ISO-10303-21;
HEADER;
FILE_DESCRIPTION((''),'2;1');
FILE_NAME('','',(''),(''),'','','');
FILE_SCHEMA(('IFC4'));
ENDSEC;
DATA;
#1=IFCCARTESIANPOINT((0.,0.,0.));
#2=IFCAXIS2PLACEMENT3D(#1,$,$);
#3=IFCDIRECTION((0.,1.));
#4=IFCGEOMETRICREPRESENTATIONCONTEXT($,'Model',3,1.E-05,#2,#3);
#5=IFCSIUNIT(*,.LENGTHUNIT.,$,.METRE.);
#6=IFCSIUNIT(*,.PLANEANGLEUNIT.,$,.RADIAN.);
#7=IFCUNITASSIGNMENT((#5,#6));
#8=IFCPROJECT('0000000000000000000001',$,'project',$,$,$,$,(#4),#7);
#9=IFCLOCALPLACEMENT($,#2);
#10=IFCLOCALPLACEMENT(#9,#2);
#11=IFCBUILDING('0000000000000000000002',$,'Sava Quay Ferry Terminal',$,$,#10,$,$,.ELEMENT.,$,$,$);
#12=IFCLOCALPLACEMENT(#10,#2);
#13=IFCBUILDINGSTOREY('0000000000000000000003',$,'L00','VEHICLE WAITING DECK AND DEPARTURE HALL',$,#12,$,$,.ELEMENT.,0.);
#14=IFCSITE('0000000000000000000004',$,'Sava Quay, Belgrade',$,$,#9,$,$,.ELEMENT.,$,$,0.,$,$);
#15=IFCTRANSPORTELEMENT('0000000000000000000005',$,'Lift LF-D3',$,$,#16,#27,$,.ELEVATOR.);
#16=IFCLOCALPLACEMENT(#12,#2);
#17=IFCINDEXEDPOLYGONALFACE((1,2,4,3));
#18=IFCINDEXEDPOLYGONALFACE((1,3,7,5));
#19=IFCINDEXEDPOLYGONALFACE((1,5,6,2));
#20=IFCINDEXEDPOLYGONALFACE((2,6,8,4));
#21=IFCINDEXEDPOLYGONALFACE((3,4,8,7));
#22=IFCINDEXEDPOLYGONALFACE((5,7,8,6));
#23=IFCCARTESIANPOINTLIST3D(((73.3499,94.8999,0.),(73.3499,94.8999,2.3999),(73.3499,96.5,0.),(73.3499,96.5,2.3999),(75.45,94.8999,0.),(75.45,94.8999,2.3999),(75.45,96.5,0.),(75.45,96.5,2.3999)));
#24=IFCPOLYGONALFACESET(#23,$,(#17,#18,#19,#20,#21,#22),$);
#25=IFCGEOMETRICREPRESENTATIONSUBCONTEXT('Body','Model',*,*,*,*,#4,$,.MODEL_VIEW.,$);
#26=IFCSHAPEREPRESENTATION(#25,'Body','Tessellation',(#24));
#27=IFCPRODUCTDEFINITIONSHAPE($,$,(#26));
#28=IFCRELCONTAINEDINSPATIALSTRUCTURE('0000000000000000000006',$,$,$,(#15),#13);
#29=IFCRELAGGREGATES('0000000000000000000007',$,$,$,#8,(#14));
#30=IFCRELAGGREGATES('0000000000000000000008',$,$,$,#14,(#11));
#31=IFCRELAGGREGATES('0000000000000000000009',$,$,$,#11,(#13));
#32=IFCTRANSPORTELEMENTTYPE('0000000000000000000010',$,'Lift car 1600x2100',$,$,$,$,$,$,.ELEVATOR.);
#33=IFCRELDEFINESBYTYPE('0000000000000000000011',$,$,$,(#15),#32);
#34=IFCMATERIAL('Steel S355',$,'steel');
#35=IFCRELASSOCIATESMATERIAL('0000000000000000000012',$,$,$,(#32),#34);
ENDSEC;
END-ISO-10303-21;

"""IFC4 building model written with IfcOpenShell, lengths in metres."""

from ifc_helpers import new_model, si_unit, direction, frame, origin, origin_2d, place, context, subcontext, project, spatial, rectangle, extrude, material, type_object, element, save


model = new_model("IFC4")

# Units and contexts
model_context = context("Model", 3, precision=1e-05, world=origin(), true_north=direction((0.0, 1.0)))
body_context = subcontext(model_context, "Body", "Model", "MODEL_VIEW")
ifc_project = project(units=[si_unit("LENGTHUNIT", "METRE"), si_unit("PLANEANGLEUNIT", "RADIAN")], contexts=[model_context])

# Site, building, storey
site_placement = place(None, origin())
site = spatial("IfcSite", under=ifc_project, at=site_placement, Name="Sava Quay, Belgrade", CompositionType="ELEMENT", RefElevation=0.0)
building_placement = place(site_placement, origin())
building = spatial("IfcBuilding", under=site, at=building_placement, Name="Sava Quay Ferry Terminal", CompositionType="ELEMENT")
storey_placement = place(building_placement, origin())
storey = spatial("IfcBuildingStorey", under=building, at=storey_placement, Name="L00", Description="VEHICLE WAITING DECK AND DEPARTURE HALL", CompositionType="ELEMENT", Elevation=0.0)

# Transport element
ifc_material_1 = material(Name="Steel S355", Category="steel")
transport_element_type = type_object("IfcTransportElementType", Name="Lift car 1600x2100", PredefinedType="ELEVATOR", material=ifc_material_1)
transport_element_placement = place(storey_placement, frame((74.3999, 95.7, 0.0), z_axis=(0.0, 0.0, 1.0), x_axis=(1.0, 0.0, 0.0)))
element("IfcTransportElement", 1, at=transport_element_placement, inside=storey, type_object=transport_element_type, Name="Lift LF-D3", PredefinedType="ELEVATOR", context=body_context, shape_type="SweptSolid", body=[
    extrude(rectangle(XDim=2.1001, YDim=1.6001, at=origin_2d()), origin(), (0.0, 0.0, 1.0), 2.3999),
])

save(model, "model.ifc")
